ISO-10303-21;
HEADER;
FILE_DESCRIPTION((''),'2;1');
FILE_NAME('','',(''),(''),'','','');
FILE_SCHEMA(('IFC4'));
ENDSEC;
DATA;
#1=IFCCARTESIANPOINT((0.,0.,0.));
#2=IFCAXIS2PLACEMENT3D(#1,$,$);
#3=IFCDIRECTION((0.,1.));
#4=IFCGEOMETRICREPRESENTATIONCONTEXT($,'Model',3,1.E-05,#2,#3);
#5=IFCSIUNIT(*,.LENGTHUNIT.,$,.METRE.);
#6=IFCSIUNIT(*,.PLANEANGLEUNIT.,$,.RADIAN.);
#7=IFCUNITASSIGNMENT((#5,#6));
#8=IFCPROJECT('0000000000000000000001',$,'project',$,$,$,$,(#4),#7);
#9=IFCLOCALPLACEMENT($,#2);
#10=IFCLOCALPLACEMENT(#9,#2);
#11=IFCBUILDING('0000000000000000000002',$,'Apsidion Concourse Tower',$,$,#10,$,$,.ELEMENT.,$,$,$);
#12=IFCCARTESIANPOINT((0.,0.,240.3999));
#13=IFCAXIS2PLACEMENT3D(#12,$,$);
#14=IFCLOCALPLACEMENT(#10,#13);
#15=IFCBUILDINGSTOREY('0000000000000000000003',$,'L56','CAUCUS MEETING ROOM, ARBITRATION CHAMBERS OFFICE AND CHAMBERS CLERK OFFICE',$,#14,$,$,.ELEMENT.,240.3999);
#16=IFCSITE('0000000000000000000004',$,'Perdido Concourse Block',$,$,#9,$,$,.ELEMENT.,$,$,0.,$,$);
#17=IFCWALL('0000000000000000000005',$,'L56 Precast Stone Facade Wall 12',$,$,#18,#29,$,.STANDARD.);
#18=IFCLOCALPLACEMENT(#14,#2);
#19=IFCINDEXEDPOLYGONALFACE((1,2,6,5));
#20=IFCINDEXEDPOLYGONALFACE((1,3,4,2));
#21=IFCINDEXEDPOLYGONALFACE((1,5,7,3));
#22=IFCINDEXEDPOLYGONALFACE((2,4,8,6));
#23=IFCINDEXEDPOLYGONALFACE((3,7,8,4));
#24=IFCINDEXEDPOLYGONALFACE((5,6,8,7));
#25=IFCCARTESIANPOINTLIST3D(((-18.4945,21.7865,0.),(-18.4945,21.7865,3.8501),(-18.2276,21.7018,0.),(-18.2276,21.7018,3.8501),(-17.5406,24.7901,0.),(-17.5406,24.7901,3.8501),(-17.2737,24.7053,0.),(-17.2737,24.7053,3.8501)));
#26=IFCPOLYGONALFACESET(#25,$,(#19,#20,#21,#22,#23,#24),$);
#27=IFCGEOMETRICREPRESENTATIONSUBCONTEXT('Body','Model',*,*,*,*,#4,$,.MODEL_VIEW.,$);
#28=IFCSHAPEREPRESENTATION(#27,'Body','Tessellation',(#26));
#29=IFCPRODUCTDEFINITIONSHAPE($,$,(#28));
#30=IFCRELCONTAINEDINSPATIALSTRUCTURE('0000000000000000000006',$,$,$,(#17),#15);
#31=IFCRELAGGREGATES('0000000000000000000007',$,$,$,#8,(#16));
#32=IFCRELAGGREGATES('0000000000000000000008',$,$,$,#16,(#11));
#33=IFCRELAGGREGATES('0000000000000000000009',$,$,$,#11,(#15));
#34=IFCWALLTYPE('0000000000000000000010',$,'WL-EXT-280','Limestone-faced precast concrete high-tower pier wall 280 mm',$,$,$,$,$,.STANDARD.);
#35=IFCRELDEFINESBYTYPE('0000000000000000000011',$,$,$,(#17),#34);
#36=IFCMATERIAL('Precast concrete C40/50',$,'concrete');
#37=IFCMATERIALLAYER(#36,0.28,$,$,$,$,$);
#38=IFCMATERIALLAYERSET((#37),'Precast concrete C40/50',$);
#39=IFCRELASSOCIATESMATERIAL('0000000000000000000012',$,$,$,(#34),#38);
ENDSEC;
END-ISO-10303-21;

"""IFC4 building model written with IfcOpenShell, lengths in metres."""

from ifc_helpers import new_model, si_unit, direction, frame, frame_2d, origin, place, context, subcontext, project, spatial, rectangle, extrude, material, layer, layer_set, type_object, element, save


model = new_model("IFC4")

# Units and contexts
model_context = context("Model", 3, precision=1e-05, world=origin(), true_north=direction((0.0, 1.0)))
body_context = subcontext(model_context, "Body", "Model", "MODEL_VIEW")
ifc_project = project(units=[si_unit("LENGTHUNIT", "METRE"), si_unit("PLANEANGLEUNIT", "RADIAN")], contexts=[model_context])

# Site, building, storey
site_placement = place(None, origin())
site = spatial("IfcSite", under=ifc_project, at=site_placement, Name="Perdido Concourse Block", CompositionType="ELEMENT", RefElevation=0.0)
building_placement = place(site_placement, origin())
building = spatial("IfcBuilding", under=site, at=building_placement, Name="Apsidion Concourse Tower", CompositionType="ELEMENT")
storey_placement = place(building_placement, frame((0.0, 0.0, 240.3999)))
storey = spatial("IfcBuildingStorey", under=building, at=storey_placement, Name="L56", Description="CAUCUS MEETING ROOM, ARBITRATION CHAMBERS OFFICE AND CHAMBERS CLERK OFFICE", CompositionType="ELEMENT", Elevation=240.3999)

# Shared definitions
ifc_material_1 = material(Name="Precast concrete C40/50", Category="concrete")
ifc_layer = layer(ifc_material_1, 0.28)
ifc_layer_set = layer_set([ifc_layer], Name="Precast concrete C40/50")
wall_type = type_object("IfcWallType", Name="WL-EXT-280", Description="Limestone-faced precast concrete high-tower pier wall 280 mm", PredefinedType="STANDARD", material=ifc_layer_set)

# Wall
wall_1_placement = place(storey_placement, frame((-18.3611, 21.7441, 0.0), z_axis=(0.0, 0.0, 1.0), x_axis=(0.302692, 0.953088, 0.0)))
element("IfcWall", 1, at=wall_1_placement, inside=storey, type_object=wall_type, Name="L56 Precast Stone Facade Wall 12", PredefinedType="STANDARD", context=body_context, shape_type="SweptSolid", body=[
    extrude(rectangle(XDim=3.1514, YDim=0.28, at=frame_2d((1.5757, 0.0))), origin(), (0.0, 0.0, 1.0), 3.8501),
])

save(model, "model.ifc")
